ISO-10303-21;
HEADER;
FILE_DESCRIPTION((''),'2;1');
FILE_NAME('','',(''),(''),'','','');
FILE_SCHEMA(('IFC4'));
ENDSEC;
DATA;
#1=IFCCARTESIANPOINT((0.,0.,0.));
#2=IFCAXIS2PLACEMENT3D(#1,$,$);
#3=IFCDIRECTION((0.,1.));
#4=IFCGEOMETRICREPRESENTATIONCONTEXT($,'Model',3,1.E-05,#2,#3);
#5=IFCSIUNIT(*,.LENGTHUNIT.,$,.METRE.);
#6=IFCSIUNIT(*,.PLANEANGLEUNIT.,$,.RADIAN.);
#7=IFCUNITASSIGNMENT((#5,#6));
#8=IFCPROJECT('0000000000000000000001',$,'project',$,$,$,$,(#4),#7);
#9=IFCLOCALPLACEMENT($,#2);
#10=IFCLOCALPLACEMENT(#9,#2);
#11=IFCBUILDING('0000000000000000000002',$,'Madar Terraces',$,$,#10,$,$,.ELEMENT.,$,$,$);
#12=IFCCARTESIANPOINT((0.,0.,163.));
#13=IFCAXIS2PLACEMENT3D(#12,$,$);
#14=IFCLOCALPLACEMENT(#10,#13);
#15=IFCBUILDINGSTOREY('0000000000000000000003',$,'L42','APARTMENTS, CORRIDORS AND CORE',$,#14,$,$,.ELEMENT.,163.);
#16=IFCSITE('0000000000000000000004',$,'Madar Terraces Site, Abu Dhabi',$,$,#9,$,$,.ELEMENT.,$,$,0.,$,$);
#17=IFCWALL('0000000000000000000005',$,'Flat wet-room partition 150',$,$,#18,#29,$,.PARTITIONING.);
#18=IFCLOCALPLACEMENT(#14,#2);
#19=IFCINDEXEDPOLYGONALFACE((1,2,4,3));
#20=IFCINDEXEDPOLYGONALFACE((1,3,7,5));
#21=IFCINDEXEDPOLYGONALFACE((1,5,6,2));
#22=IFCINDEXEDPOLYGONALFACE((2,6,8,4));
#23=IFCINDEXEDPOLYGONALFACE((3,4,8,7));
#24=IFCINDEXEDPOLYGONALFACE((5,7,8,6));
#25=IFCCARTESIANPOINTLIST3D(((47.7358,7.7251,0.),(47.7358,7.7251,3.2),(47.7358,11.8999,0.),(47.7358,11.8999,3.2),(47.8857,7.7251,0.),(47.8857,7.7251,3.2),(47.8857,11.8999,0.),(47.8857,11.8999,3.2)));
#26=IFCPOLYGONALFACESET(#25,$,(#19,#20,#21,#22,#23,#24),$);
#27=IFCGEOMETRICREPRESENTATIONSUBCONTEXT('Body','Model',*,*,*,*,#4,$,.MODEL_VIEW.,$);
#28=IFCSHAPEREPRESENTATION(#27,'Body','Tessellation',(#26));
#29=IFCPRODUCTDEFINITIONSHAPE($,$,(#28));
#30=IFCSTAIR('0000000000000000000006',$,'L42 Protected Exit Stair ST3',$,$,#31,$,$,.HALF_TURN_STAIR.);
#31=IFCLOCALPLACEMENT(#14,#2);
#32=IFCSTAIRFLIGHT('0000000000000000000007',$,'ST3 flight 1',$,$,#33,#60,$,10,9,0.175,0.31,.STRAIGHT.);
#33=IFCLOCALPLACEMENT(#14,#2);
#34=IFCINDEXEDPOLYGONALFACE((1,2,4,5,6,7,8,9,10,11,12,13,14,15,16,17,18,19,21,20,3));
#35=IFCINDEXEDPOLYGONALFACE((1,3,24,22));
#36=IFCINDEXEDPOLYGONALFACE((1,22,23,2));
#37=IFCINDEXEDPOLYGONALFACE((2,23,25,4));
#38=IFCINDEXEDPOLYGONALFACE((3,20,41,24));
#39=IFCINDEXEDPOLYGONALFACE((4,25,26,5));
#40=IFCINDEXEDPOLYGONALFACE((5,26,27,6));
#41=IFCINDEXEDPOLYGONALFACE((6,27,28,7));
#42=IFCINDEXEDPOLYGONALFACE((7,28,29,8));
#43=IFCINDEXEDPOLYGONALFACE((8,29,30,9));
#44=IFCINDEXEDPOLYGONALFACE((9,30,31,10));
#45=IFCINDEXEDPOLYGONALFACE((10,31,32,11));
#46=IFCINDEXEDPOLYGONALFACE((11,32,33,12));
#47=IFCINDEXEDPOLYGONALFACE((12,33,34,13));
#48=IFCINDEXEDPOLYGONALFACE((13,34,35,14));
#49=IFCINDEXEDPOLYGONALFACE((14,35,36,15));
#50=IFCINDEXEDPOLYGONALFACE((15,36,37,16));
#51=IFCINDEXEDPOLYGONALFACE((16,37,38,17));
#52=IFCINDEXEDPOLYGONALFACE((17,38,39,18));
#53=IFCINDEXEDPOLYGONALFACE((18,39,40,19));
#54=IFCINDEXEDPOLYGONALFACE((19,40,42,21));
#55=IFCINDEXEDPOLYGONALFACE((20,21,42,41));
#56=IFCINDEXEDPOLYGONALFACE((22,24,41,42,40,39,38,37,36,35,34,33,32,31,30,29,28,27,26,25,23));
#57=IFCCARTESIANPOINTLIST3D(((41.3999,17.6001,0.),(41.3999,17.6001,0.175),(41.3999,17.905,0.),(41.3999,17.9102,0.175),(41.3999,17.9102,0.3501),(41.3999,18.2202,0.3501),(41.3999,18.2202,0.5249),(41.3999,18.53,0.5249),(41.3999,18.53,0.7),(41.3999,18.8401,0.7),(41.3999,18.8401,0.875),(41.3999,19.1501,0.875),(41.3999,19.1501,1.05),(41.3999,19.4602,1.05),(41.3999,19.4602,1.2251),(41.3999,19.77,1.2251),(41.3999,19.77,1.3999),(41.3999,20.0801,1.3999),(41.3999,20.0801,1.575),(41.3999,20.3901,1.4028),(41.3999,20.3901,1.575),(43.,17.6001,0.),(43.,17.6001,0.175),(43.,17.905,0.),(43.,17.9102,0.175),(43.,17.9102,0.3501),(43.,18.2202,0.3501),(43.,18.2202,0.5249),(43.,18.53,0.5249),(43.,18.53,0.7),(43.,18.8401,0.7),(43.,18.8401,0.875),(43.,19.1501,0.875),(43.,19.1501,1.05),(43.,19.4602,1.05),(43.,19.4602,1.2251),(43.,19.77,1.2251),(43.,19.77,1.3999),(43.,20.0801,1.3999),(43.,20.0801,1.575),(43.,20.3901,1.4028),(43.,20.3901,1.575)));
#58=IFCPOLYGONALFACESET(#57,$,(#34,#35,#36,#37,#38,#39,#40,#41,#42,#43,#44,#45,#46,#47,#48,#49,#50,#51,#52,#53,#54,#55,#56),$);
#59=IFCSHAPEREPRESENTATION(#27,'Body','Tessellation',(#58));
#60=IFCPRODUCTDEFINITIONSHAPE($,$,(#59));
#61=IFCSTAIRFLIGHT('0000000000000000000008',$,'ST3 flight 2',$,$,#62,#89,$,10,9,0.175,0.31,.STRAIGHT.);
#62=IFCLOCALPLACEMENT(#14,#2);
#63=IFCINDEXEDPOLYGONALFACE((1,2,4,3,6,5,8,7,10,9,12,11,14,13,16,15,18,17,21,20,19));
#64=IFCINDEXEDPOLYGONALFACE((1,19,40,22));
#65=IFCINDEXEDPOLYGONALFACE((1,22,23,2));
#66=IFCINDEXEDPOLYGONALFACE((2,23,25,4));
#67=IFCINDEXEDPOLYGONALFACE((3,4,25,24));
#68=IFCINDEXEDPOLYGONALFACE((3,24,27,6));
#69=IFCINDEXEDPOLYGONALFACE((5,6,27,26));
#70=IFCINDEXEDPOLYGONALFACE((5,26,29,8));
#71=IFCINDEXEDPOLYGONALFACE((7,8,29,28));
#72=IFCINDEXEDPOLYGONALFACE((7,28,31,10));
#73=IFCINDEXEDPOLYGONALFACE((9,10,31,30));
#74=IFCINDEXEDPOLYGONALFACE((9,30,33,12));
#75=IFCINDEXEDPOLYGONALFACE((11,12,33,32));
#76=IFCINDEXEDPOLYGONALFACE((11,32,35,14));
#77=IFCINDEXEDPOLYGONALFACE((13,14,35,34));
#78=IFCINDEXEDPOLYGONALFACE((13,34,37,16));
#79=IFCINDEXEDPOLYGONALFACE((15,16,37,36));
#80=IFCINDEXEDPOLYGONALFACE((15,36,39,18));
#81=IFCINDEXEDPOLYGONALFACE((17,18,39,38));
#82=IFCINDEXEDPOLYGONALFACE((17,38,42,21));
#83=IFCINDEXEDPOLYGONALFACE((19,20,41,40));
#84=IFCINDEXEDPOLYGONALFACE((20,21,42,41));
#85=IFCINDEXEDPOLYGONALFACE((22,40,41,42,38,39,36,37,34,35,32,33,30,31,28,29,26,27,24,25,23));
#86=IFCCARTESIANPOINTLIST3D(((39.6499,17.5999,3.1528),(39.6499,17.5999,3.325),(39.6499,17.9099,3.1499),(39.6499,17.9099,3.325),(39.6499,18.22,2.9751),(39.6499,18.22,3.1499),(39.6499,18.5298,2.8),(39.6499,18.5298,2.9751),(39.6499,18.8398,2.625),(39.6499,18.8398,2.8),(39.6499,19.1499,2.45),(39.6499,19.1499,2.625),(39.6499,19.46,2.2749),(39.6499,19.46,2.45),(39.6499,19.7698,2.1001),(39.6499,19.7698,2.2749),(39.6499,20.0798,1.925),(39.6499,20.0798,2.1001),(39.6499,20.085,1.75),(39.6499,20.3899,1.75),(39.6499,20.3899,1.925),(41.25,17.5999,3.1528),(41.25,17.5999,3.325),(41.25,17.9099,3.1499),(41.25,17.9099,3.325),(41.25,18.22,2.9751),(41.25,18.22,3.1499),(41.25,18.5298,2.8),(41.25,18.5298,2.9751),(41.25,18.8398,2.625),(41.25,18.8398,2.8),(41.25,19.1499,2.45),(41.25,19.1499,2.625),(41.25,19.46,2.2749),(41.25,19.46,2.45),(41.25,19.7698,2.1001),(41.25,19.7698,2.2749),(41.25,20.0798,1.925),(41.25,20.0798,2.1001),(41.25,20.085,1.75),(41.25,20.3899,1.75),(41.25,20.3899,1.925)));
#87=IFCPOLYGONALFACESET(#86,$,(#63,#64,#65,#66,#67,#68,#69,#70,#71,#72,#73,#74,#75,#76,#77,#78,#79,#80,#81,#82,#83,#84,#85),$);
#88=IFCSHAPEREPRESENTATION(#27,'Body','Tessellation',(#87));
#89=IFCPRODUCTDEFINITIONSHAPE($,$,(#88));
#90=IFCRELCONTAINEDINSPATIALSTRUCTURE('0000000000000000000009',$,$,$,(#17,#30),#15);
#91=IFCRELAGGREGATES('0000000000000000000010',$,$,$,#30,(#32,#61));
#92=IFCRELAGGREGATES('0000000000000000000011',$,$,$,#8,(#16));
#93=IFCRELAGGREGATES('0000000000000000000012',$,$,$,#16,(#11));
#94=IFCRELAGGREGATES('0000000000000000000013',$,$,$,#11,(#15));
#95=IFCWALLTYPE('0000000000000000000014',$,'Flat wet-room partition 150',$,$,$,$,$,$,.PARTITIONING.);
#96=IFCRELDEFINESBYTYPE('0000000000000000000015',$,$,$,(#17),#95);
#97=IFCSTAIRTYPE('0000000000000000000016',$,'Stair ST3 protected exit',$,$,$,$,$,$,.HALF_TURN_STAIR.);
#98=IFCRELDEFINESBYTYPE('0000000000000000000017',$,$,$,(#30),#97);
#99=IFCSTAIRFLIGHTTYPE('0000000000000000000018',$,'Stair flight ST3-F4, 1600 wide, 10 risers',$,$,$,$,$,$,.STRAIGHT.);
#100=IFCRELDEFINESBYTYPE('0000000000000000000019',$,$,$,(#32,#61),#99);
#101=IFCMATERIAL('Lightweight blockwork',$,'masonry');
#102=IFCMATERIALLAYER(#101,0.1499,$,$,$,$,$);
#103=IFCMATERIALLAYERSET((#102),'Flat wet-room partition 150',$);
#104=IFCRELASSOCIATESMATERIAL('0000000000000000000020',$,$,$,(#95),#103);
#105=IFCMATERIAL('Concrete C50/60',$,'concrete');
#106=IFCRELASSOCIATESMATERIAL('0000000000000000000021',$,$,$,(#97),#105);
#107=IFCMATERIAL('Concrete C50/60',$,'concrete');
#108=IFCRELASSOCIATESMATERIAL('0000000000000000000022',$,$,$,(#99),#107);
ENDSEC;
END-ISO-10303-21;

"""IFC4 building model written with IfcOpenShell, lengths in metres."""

from ifc_helpers import new_model, si_unit, direction, frame, frame_2d, origin, place, context, subcontext, project, spatial, polyline, rectangle, outline, extrude, material, layer, layer_set, type_object, element, aggregate, save


model = new_model("IFC4")

# Units and contexts
model_context = context("Model", 3, precision=1e-05, world=origin(), true_north=direction((0.0, 1.0)))
body_context = subcontext(model_context, "Body", "Model", "MODEL_VIEW")
ifc_project = project(units=[si_unit("LENGTHUNIT", "METRE"), si_unit("PLANEANGLEUNIT", "RADIAN")], contexts=[model_context])

# Site, building, storey
site_placement = place(None, origin())
site = spatial("IfcSite", under=ifc_project, at=site_placement, Name="Madar Terraces Site, Abu Dhabi", CompositionType="ELEMENT", RefElevation=0.0)
building_placement = place(site_placement, origin())
building = spatial("IfcBuilding", under=site, at=building_placement, Name="Madar Terraces", CompositionType="ELEMENT")
storey_placement = place(building_placement, frame((0.0, 0.0, 163.0)))
storey = spatial("IfcBuildingStorey", under=building, at=storey_placement, Name="L42", Description="APARTMENTS, CORRIDORS AND CORE", CompositionType="ELEMENT", Elevation=163.0)

# Wall
ifc_material_1 = material(Name="Lightweight blockwork", Category="masonry")
ifc_layer_1 = layer(ifc_material_1, 0.1499)
ifc_layer_set_1 = layer_set([ifc_layer_1], Name="Flat wet-room partition 150")
wall_type_1 = type_object("IfcWallType", Name="Flat wet-room partition 150", PredefinedType="PARTITIONING", material=ifc_layer_set_1)
for number, where, z_axis, x_axis, name in (
    (1, (47.8108, 11.8999, 0.0), (0.0, 0.0, 1.0), (0.0, -1.0, 0.0), "Flat wet-room partition 150"),
):
    element("IfcWall", number, at=place(storey_placement, frame(where, z_axis=z_axis, x_axis=x_axis)), inside=storey, type_object=wall_type_1, Name=name, PredefinedType="PARTITIONING", context=body_context, shape_type="SweptSolid", body=[
        extrude(rectangle(XDim=4.1748, YDim=0.1499, at=frame_2d((2.0874, 0.0))), origin(), (0.0, 0.0, 1.0), 3.2),
    ])

# Stair, stair flights
ifc_material_2 = material(Name="Concrete C50/60", Category="concrete")
stair_type = type_object("IfcStairType", Name="Stair ST3 protected exit", PredefinedType="HALF_TURN_STAIR", material=ifc_material_2)
stair_placement = place(storey_placement, origin())
stair = element("IfcStair", 2, at=stair_placement, inside=storey, type_object=stair_type, Name="L42 Protected Exit Stair ST3", PredefinedType="HALF_TURN_STAIR")
ifc_material_3 = material(Name="Concrete C50/60", Category="concrete")
stair_flight_type = type_object("IfcStairFlightType", Name="Stair flight ST3-F4, 1600 wide, 10 risers", PredefinedType="STRAIGHT", material=ifc_material_3)
stair_flight_1_placement = place(storey_placement, frame((42.2, 17.6001, 0.0), z_axis=(0.0, 0.0, 1.0), x_axis=(0.0, 1.0, 0.0)))
stair_flight_1 = element("IfcStairFlight", 3, at=stair_flight_1_placement, type_object=stair_flight_type, Name="ST3 flight 1", NumberOfRisers=10, NumberOfTreads=9, PredefinedType="STRAIGHT", RiserHeight=0.175, TreadLength=0.31, context=body_context, shape_type="SweptSolid", body=[
    extrude(outline(polyline([(0.0, 0.0), (0.0, 0.175), (0.3101, 0.175), (0.3101, 0.3501), (0.6201, 0.3501), (0.6201, 0.5249), (0.9299, 0.5249), (0.9299, 0.7), (1.24, 0.7), (1.24, 0.875), (1.55, 0.875), (1.55, 1.05), (1.8601, 1.05), (1.8601, 1.2251), (2.1699, 1.2251), (2.1699, 1.3999), (2.48, 1.3999), (2.48, 1.575), (2.79, 1.575), (2.79, 1.75), (2.79, 1.4028), (0.3049, 0.0), (0.0, 0.0)])), frame((0.0, 0.8, 0.0), z_axis=(0.0, -1.0, 0.0), x_axis=(1.0, 0.0, 0.0)), (0.0, 0.0, 1.0), 1.6001),
])
stair_flight_2_placement = place(storey_placement, frame((40.45, 20.3899, 1.75), z_axis=(0.0, 0.0, 1.0), x_axis=(0.0, -1.0, 0.0)))
stair_flight_2 = element("IfcStairFlight", 4, at=stair_flight_2_placement, type_object=stair_flight_type, Name="ST3 flight 2", NumberOfRisers=10, NumberOfTreads=9, PredefinedType="STRAIGHT", RiserHeight=0.175, TreadLength=0.31, context=body_context, shape_type="SweptSolid", body=[
    extrude(outline(polyline([(0.0, 0.0), (0.0, 0.175), (0.3101, 0.175), (0.3101, 0.3501), (0.6201, 0.3501), (0.6201, 0.5249), (0.9299, 0.5249), (0.9299, 0.7), (1.24, 0.7), (1.24, 0.875), (1.55, 0.875), (1.55, 1.05), (1.8601, 1.05), (1.8601, 1.2251), (2.1699, 1.2251), (2.1699, 1.3999), (2.48, 1.3999), (2.48, 1.575), (2.79, 1.575), (2.79, 1.75), (2.79, 1.4028), (0.3049, 0.0), (0.0, 0.0)])), frame((0.0, 0.8, 0.0), z_axis=(0.0, -1.0, 0.0), x_axis=(1.0, 0.0, 0.0)), (0.0, 0.0, 1.0), 1.6001),
])
aggregate(stair, [stair_flight_1, stair_flight_2])

save(model, "model.ifc")
